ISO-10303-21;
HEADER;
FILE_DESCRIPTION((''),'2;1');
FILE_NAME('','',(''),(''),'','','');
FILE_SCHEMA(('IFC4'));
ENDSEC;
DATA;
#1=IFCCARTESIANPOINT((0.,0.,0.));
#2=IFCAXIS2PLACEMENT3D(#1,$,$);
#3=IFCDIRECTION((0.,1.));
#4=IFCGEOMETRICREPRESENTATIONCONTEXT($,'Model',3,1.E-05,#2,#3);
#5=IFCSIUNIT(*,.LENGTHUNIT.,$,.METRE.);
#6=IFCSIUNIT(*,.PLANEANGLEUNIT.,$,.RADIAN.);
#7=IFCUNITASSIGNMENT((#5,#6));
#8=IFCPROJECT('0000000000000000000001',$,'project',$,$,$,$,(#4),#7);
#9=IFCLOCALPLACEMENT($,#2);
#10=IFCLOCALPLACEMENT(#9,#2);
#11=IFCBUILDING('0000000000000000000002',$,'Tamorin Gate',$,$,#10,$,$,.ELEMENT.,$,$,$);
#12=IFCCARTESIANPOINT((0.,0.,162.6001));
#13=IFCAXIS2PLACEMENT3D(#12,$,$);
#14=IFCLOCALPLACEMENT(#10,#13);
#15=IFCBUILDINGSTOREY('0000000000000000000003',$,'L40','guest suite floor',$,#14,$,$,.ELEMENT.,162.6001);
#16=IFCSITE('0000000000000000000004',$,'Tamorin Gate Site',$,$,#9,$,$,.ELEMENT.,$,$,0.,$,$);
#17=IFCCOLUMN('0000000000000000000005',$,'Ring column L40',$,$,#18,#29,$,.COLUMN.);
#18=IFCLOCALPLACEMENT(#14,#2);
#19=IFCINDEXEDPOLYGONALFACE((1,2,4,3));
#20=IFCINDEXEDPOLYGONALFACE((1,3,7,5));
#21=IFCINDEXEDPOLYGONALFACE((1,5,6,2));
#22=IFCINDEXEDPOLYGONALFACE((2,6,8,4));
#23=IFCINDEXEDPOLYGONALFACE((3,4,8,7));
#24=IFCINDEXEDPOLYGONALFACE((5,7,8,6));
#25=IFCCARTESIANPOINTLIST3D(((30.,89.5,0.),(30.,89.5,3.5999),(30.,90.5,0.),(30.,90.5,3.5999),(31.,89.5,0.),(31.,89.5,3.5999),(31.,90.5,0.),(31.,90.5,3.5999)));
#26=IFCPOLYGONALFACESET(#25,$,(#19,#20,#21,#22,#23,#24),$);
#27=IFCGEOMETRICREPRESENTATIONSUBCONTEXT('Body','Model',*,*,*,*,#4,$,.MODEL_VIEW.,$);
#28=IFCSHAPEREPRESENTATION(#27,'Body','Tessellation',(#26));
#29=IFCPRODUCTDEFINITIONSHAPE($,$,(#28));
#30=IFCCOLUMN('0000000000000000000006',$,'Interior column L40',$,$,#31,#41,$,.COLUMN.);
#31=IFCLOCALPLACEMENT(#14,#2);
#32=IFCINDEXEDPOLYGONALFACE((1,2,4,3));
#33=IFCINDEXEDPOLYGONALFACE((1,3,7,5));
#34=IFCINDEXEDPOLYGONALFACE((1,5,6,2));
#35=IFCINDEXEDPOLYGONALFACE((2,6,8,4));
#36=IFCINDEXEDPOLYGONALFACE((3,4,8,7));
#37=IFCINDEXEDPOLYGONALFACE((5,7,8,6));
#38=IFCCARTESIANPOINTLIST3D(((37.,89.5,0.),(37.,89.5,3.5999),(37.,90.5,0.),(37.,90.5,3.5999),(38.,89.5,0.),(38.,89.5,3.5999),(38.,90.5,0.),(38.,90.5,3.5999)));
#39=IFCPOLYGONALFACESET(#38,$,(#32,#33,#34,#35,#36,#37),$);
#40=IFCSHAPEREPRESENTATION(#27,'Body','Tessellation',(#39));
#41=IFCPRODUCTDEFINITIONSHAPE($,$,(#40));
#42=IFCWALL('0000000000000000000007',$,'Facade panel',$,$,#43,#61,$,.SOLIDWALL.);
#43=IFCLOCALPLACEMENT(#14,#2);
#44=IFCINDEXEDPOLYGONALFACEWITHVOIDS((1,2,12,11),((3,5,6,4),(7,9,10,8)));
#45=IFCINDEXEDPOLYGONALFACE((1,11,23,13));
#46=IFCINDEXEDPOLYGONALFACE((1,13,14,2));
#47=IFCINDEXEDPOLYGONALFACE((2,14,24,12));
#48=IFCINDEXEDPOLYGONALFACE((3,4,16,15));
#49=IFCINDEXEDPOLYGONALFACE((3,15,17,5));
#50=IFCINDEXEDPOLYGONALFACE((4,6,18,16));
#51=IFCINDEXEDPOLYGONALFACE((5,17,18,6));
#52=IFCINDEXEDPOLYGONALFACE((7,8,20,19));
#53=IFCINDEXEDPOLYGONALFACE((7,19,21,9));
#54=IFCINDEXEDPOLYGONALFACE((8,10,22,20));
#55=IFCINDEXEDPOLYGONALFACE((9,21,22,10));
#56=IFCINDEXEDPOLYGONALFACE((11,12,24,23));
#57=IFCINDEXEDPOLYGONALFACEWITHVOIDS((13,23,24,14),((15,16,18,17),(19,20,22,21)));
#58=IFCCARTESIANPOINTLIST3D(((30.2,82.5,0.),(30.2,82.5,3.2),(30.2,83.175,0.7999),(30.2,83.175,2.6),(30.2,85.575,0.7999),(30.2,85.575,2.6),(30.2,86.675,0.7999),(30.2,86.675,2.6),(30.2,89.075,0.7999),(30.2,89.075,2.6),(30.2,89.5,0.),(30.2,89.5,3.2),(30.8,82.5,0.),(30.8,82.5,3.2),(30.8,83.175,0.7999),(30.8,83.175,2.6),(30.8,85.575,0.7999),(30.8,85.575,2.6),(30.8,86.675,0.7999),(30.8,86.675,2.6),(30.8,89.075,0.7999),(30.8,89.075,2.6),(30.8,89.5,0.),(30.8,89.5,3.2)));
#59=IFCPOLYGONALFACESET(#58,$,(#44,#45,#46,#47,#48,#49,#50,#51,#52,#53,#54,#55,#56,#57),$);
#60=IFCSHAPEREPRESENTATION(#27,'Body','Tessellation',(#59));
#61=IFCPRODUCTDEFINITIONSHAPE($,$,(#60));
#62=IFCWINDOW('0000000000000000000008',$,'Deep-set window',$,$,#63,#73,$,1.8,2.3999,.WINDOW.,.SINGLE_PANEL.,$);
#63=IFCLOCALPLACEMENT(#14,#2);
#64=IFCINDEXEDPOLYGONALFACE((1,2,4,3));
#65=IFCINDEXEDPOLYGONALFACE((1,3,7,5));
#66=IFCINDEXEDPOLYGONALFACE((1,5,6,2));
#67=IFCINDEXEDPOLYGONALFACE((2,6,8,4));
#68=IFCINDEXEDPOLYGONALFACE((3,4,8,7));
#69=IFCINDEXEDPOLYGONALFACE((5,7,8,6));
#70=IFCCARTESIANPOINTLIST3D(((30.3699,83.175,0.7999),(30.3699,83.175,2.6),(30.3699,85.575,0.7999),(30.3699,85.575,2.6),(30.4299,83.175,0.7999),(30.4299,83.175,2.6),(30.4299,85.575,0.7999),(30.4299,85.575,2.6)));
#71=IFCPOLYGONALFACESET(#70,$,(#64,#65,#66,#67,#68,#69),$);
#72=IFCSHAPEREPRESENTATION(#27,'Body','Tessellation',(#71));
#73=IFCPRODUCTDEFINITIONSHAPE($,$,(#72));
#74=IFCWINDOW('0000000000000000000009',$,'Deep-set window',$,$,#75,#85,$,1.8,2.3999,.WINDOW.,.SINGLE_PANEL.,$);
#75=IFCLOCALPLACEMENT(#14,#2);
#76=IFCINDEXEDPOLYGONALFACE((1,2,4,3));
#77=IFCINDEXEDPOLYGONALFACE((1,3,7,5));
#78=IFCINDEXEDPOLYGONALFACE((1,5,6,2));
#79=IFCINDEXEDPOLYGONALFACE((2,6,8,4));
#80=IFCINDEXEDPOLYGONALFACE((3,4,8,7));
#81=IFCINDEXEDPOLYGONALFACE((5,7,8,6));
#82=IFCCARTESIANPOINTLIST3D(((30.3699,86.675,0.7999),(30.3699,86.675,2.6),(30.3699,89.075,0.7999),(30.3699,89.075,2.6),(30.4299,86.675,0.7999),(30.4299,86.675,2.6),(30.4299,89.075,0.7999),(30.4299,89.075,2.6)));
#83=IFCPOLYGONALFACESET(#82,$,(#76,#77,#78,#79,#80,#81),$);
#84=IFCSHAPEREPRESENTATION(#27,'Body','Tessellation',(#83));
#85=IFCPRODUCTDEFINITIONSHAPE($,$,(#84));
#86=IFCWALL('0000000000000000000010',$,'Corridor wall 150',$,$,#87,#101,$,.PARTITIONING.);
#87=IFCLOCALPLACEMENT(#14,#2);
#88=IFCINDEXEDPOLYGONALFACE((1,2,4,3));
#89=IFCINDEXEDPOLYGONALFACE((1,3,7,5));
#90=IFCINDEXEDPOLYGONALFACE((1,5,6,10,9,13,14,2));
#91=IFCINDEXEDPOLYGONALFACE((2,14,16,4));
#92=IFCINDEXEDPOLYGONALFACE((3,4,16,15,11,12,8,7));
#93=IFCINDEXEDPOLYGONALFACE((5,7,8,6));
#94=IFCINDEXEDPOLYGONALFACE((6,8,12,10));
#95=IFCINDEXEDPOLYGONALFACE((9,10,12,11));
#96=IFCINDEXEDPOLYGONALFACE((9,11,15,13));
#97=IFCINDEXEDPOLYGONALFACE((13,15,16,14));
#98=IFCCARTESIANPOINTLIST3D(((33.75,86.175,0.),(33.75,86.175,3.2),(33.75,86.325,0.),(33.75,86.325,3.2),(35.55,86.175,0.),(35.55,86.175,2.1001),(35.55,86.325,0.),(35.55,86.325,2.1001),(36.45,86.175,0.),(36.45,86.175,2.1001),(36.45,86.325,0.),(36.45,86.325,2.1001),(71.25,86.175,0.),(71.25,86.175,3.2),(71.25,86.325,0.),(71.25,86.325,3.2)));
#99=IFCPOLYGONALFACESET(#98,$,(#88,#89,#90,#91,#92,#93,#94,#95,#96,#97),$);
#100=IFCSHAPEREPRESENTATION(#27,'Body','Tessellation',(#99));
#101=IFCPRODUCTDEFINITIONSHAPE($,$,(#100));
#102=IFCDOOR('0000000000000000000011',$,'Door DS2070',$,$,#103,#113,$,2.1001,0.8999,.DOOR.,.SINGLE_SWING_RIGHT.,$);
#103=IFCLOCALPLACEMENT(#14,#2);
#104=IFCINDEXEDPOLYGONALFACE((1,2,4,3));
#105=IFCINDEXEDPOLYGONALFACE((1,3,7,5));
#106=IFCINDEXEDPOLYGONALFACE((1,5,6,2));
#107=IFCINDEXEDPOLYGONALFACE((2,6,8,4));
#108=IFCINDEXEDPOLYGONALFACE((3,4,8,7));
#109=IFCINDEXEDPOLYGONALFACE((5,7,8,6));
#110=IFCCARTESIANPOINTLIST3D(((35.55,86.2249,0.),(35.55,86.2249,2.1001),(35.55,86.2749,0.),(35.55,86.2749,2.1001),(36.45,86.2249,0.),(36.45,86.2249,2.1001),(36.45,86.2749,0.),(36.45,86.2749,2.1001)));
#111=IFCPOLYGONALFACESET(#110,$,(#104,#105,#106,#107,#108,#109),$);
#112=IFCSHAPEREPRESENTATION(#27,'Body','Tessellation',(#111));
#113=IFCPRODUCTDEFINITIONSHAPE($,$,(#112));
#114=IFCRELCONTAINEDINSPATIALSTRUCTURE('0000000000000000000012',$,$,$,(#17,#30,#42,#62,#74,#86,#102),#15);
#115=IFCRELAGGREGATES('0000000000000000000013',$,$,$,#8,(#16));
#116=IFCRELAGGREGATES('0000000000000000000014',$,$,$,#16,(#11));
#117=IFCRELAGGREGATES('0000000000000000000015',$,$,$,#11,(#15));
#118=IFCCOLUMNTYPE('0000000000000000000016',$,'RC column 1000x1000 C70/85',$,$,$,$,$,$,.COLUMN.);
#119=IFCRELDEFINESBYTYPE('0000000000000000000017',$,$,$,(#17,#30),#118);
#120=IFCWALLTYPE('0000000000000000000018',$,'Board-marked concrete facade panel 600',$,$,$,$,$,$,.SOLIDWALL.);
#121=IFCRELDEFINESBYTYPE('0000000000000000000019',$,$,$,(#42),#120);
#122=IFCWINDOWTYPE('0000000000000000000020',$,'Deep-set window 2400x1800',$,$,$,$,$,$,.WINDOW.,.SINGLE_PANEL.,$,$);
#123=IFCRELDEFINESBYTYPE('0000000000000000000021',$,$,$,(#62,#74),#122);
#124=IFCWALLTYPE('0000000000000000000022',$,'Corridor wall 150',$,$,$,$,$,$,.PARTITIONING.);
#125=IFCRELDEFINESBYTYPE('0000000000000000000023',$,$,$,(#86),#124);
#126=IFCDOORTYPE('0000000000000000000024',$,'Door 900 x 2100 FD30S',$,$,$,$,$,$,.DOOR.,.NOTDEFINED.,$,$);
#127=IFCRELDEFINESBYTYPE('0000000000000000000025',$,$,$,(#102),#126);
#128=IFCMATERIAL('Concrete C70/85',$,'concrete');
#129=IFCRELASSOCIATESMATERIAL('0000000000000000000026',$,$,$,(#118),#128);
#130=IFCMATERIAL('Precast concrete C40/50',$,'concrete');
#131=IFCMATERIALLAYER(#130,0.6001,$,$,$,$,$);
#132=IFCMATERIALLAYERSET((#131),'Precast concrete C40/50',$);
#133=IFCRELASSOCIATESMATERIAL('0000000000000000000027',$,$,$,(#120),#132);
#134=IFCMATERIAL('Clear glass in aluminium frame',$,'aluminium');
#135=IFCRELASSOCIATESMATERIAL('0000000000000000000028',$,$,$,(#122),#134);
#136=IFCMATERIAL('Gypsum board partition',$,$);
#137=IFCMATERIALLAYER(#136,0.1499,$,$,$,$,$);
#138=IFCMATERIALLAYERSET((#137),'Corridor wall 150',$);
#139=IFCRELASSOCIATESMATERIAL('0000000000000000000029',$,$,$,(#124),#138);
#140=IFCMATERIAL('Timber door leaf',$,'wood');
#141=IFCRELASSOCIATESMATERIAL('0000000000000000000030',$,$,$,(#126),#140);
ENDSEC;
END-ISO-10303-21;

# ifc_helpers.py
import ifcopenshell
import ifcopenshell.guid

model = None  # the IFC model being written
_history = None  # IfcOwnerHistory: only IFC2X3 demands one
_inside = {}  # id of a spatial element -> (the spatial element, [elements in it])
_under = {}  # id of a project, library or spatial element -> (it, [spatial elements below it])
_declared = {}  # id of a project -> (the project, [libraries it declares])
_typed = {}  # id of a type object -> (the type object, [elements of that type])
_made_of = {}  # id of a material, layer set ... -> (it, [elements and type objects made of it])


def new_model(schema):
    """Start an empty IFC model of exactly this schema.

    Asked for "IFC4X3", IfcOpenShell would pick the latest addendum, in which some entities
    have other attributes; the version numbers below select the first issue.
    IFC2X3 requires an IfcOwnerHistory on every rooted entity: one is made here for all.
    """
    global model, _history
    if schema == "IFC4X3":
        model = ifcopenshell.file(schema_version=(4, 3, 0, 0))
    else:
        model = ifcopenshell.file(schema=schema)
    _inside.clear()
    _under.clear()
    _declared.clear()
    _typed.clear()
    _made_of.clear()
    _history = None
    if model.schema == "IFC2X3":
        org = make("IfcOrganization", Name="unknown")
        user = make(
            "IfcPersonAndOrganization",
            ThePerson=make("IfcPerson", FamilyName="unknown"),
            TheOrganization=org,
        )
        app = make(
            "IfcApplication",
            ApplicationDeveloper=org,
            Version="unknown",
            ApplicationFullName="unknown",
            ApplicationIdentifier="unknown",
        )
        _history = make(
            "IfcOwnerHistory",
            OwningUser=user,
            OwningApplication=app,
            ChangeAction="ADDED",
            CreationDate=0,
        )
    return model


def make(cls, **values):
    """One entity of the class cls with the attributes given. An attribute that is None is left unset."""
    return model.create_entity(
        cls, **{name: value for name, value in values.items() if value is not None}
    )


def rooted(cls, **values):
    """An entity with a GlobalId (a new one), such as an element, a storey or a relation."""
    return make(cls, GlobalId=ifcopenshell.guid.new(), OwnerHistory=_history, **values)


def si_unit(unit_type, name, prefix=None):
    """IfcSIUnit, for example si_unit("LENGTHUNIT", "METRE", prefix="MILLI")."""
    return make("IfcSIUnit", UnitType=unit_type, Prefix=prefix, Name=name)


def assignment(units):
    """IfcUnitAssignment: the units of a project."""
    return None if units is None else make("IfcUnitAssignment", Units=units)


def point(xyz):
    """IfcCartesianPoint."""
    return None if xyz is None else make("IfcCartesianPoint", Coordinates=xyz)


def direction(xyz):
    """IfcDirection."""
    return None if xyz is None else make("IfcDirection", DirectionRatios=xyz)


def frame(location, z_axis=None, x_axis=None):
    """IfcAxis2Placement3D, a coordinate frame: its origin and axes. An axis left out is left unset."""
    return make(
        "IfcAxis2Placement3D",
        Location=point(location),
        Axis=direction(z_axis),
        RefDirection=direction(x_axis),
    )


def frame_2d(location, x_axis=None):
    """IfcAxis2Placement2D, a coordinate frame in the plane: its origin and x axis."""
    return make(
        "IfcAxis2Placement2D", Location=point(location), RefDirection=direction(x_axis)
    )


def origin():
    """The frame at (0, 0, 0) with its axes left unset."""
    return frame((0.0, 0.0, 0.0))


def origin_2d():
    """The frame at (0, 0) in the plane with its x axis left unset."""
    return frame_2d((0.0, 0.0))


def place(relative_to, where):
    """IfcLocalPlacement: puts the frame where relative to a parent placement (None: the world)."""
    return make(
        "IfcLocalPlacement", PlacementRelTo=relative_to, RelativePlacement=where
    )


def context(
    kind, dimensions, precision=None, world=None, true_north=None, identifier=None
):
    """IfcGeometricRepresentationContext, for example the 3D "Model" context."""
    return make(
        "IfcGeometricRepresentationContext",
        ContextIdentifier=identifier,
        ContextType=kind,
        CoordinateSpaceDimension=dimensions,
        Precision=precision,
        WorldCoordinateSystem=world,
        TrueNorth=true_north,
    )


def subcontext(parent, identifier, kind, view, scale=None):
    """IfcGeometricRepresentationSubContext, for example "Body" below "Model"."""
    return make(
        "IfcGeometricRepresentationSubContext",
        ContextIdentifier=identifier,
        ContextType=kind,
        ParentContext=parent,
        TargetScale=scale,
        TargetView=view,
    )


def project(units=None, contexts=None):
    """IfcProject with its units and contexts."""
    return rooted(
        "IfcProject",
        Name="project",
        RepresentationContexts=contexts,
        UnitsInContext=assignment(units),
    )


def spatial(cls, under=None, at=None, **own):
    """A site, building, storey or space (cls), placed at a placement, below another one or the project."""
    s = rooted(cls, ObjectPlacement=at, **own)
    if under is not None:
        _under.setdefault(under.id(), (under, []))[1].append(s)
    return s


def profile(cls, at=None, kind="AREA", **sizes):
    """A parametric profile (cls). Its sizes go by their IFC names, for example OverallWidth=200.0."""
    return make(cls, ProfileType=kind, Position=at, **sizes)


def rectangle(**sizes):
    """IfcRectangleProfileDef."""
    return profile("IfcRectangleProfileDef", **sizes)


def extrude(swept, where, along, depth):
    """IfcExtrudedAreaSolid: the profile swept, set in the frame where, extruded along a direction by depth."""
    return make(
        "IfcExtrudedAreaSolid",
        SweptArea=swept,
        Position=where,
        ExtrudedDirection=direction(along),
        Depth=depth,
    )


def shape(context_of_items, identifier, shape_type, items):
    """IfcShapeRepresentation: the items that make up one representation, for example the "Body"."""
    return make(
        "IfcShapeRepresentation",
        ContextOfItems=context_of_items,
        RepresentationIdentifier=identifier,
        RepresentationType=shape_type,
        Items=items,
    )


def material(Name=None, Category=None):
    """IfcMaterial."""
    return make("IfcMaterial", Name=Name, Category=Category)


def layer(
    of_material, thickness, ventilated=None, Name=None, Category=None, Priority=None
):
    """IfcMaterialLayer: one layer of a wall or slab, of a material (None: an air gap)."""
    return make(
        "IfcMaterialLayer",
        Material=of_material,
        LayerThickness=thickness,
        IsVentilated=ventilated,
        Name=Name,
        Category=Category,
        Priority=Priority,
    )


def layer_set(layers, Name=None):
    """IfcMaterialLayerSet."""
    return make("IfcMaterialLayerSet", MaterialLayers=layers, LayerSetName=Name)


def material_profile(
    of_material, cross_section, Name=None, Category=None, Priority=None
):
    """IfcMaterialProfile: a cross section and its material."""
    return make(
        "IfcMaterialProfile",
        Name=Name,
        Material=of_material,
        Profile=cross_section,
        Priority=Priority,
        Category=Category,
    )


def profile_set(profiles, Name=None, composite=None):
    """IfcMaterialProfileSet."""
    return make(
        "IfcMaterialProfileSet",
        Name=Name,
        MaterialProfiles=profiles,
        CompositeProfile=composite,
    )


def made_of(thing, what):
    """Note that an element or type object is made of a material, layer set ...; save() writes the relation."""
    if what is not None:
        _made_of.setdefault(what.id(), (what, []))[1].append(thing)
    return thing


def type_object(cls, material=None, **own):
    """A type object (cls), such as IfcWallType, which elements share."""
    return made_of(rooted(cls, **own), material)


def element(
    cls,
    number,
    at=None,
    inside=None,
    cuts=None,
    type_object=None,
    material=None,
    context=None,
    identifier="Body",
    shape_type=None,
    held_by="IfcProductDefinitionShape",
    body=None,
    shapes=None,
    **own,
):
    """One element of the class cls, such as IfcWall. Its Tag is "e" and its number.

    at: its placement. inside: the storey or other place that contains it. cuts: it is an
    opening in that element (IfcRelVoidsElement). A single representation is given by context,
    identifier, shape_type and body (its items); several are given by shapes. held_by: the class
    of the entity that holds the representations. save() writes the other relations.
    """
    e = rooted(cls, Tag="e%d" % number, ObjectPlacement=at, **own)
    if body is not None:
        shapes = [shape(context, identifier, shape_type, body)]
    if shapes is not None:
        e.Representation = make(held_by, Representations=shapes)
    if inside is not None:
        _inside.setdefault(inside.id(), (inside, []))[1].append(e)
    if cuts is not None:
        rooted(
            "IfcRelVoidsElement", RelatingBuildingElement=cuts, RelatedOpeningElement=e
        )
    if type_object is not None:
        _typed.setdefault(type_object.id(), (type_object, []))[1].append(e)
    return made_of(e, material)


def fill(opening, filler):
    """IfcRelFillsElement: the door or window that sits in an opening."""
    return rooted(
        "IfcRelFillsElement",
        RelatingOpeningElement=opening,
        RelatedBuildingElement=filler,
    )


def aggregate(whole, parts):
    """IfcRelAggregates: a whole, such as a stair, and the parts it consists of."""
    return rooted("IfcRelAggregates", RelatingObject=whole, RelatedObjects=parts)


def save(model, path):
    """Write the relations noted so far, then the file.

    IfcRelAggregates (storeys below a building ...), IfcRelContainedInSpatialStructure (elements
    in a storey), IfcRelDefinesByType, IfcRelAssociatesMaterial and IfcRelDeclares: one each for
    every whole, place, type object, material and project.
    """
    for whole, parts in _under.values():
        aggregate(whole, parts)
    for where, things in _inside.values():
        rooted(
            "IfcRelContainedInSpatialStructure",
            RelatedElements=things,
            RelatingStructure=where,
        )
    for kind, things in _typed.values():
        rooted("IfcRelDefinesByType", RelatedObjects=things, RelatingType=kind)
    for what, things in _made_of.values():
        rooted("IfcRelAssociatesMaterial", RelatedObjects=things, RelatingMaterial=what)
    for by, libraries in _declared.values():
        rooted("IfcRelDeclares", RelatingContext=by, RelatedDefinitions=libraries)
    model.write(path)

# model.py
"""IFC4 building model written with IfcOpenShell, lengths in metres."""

from ifc_helpers import new_model, si_unit, direction, frame, frame_2d, origin, origin_2d, place, context, subcontext, project, spatial, rectangle, extrude, material, layer, layer_set, material_profile, profile_set, type_object, element, fill, save


model = new_model("IFC4")

# Units and contexts
model_context = context("Model", 3, precision=1e-05, world=origin(), true_north=direction((0.0, 1.0)))
body_context = subcontext(model_context, "Body", "Model", "MODEL_VIEW")
ifc_project = project(units=[si_unit("LENGTHUNIT", "METRE"), si_unit("PLANEANGLEUNIT", "RADIAN")], contexts=[model_context])

# Site, building, storey
site_placement = place(None, origin())
site = spatial("IfcSite", under=ifc_project, at=site_placement, Name="Tamorin Gate Site", CompositionType="ELEMENT", RefElevation=0.0)
building_placement = place(site_placement, origin())
building = spatial("IfcBuilding", under=site, at=building_placement, Name="Tamorin Gate", CompositionType="ELEMENT")
storey_placement = place(building_placement, frame((0.0, 0.0, 162.6001)))
storey = spatial("IfcBuildingStorey", under=building, at=storey_placement, Name="L40", Description="guest suite floor", CompositionType="ELEMENT", Elevation=162.6001)

# Columns
ifc_material_1 = material(Name="Concrete C70/85", Category="concrete")
ifc_material_profile = material_profile(ifc_material_1, rectangle(XDim=1.0, YDim=1.0, at=origin_2d()), Name="RC 1000x1000")
ifc_profile_set = profile_set([ifc_material_profile], Name="Concrete C70/85")
column_type = type_object("IfcColumnType", Name="RC column 1000x1000 C70/85", PredefinedType="COLUMN", material=ifc_profile_set)
for number, where, z_axis, x_axis, name in (
    (1, (30.5, 90.0, 0.0), (0.0, 0.0, 1.0), (1.0, 0.0, 0.0), "Ring column L40"),
    (2, (37.5, 90.0, 0.0), (0.0, 0.0, 1.0), (1.0, 0.0, 0.0), "Interior column L40"),
):
    element("IfcColumn", number, at=place(storey_placement, frame(where, z_axis=z_axis, x_axis=x_axis)), inside=storey, type_object=column_type, Name=name, PredefinedType="COLUMN", context=body_context, shape_type="SweptSolid", body=[
        extrude(rectangle(XDim=1.0, YDim=1.0, at=origin_2d()), origin(), (0.0, 0.0, 1.0), 3.5999),
    ])

# Wall, openings, windows
ifc_material_2 = material(Name="Precast concrete C40/50", Category="concrete")
ifc_layer_1 = layer(ifc_material_2, 0.6001)
ifc_layer_set_1 = layer_set([ifc_layer_1], Name="Precast concrete C40/50")
wall_type_1 = type_object("IfcWallType", Name="Board-marked concrete facade panel 600", PredefinedType="SOLIDWALL", material=ifc_layer_set_1)
wall_1_placement = place(storey_placement, frame((30.5, 89.5, 0.0), z_axis=(0.0, 0.0, 1.0), x_axis=(0.0, -1.0, 0.0)))
wall_1 = element("IfcWall", 3, at=wall_1_placement, inside=storey, type_object=wall_type_1, Name="Facade panel", PredefinedType="SOLIDWALL", context=body_context, shape_type="SweptSolid", body=[
    extrude(rectangle(XDim=7.0, YDim=0.6001, at=frame_2d((3.5, 0.0))), origin(), (0.0, 0.0, 1.0), 3.2),
])
opening_1_placement = place(wall_1_placement, frame((3.925, 0.0, 0.8)))
opening_1 = element("IfcOpeningElement", 4, at=opening_1_placement, cuts=wall_1, PredefinedType="OPENING", context=body_context, shape_type="SweptSolid", body=[
    extrude(rectangle(XDim=2.3999, YDim=1.8, at=frame_2d((1.2, 0.8999))), frame((0.0, 0.3101, 0.0), z_axis=(0.0, -1.0, 0.0), x_axis=(1.0, 0.0, 0.0)), (0.0, 0.0, 1.0), 0.6201),
])
opening_2_placement = place(wall_1_placement, frame((0.425, 0.0, 0.8)))
opening_2 = element("IfcOpeningElement", 5, at=opening_2_placement, cuts=wall_1, PredefinedType="OPENING", context=body_context, shape_type="SweptSolid", body=[
    extrude(rectangle(XDim=2.3999, YDim=1.8, at=frame_2d((1.2, 0.8999))), frame((0.0, 0.3101, 0.0), z_axis=(0.0, -1.0, 0.0), x_axis=(1.0, 0.0, 0.0)), (0.0, 0.0, 1.0), 0.6201),
])
ifc_material_3 = material(Name="Clear glass in aluminium frame", Category="aluminium")
window_type = type_object("IfcWindowType", Name="Deep-set window 2400x1800", PartitioningType="SINGLE_PANEL", PredefinedType="WINDOW", material=ifc_material_3)
window_1_placement = place(opening_1_placement, origin())
window_1 = element("IfcWindow", 6, at=window_1_placement, inside=storey, type_object=window_type, Name="Deep-set window", OverallHeight=1.8, OverallWidth=2.3999, PartitioningType="SINGLE_PANEL", PredefinedType="WINDOW", context=body_context, shape_type="SweptSolid", body=[
    extrude(rectangle(XDim=2.3999, YDim=1.8, at=frame_2d((1.2, 0.8999))), frame((0.0, -0.0701, 0.0), z_axis=(0.0, -1.0, 0.0), x_axis=(1.0, 0.0, 0.0)), (0.0, 0.0, 1.0), 0.0601),
])
fill(opening_1, window_1)
window_2_placement = place(opening_2_placement, origin())
window_2 = element("IfcWindow", 7, at=window_2_placement, inside=storey, type_object=window_type, Name="Deep-set window", OverallHeight=1.8, OverallWidth=2.3999, PartitioningType="SINGLE_PANEL", PredefinedType="WINDOW", context=body_context, shape_type="SweptSolid", body=[
    extrude(rectangle(XDim=2.3999, YDim=1.8, at=frame_2d((1.2, 0.8999))), frame((0.0, -0.0701, 0.0), z_axis=(0.0, -1.0, 0.0), x_axis=(1.0, 0.0, 0.0)), (0.0, 0.0, 1.0), 0.0601),
])
fill(opening_2, window_2)

# Wall, opening, door
ifc_material_4 = material(Name="Gypsum board partition")
ifc_layer_2 = layer(ifc_material_4, 0.1499)
ifc_layer_set_2 = layer_set([ifc_layer_2], Name="Corridor wall 150")
wall_type_2 = type_object("IfcWallType", Name="Corridor wall 150", PredefinedType="PARTITIONING", material=ifc_layer_set_2)
wall_2_placement = place(storey_placement, frame((33.75, 86.25, 0.0), z_axis=(0.0, 0.0, 1.0), x_axis=(1.0, 0.0, 0.0)))
wall_2 = element("IfcWall", 8, at=wall_2_placement, inside=storey, type_object=wall_type_2, Name="Corridor wall 150", PredefinedType="PARTITIONING", context=body_context, shape_type="SweptSolid", body=[
    extrude(rectangle(XDim=37.5, YDim=0.1499, at=frame_2d((18.75, 0.0))), origin(), (0.0, 0.0, 1.0), 3.2),
])
opening_3_placement = place(wall_2_placement, frame((1.8, 0.0, 0.0)))
opening_3 = element("IfcOpeningElement", 9, at=opening_3_placement, cuts=wall_2, PredefinedType="OPENING", context=body_context, shape_type="SweptSolid", body=[
    extrude(rectangle(XDim=0.8999, YDim=2.1001, at=frame_2d((0.45, 1.05))), frame((0.0, 0.085, 0.0), z_axis=(0.0, -1.0, 0.0), x_axis=(1.0, 0.0, 0.0)), (0.0, 0.0, 1.0), 0.1699),
])
ifc_material_5 = material(Name="Timber door leaf", Category="wood")
door_type_1 = type_object("IfcDoorType", Name="Door 900 x 2100 FD30S", OperationType="NOTDEFINED", PredefinedType="DOOR", material=ifc_material_5)
door_1_placement = place(opening_3_placement, origin())
door_1 = element("IfcDoor", 10, at=door_1_placement, inside=storey, type_object=door_type_1, Name="Door DS2070", OperationType="SINGLE_SWING_RIGHT", OverallHeight=2.1001, OverallWidth=0.8999, PredefinedType="DOOR", context=body_context, shape_type="SweptSolid", body=[
    extrude(rectangle(XDim=0.8999, YDim=2.1001, at=frame_2d((0.45, 1.05))), frame((0.0, 0.0249, 0.0), z_axis=(0.0, -1.0, 0.0), x_axis=(1.0, 0.0, 0.0)), (0.0, 0.0, 1.0), 0.05),
])
fill(opening_3, door_1)

save(model, "model.ifc")
